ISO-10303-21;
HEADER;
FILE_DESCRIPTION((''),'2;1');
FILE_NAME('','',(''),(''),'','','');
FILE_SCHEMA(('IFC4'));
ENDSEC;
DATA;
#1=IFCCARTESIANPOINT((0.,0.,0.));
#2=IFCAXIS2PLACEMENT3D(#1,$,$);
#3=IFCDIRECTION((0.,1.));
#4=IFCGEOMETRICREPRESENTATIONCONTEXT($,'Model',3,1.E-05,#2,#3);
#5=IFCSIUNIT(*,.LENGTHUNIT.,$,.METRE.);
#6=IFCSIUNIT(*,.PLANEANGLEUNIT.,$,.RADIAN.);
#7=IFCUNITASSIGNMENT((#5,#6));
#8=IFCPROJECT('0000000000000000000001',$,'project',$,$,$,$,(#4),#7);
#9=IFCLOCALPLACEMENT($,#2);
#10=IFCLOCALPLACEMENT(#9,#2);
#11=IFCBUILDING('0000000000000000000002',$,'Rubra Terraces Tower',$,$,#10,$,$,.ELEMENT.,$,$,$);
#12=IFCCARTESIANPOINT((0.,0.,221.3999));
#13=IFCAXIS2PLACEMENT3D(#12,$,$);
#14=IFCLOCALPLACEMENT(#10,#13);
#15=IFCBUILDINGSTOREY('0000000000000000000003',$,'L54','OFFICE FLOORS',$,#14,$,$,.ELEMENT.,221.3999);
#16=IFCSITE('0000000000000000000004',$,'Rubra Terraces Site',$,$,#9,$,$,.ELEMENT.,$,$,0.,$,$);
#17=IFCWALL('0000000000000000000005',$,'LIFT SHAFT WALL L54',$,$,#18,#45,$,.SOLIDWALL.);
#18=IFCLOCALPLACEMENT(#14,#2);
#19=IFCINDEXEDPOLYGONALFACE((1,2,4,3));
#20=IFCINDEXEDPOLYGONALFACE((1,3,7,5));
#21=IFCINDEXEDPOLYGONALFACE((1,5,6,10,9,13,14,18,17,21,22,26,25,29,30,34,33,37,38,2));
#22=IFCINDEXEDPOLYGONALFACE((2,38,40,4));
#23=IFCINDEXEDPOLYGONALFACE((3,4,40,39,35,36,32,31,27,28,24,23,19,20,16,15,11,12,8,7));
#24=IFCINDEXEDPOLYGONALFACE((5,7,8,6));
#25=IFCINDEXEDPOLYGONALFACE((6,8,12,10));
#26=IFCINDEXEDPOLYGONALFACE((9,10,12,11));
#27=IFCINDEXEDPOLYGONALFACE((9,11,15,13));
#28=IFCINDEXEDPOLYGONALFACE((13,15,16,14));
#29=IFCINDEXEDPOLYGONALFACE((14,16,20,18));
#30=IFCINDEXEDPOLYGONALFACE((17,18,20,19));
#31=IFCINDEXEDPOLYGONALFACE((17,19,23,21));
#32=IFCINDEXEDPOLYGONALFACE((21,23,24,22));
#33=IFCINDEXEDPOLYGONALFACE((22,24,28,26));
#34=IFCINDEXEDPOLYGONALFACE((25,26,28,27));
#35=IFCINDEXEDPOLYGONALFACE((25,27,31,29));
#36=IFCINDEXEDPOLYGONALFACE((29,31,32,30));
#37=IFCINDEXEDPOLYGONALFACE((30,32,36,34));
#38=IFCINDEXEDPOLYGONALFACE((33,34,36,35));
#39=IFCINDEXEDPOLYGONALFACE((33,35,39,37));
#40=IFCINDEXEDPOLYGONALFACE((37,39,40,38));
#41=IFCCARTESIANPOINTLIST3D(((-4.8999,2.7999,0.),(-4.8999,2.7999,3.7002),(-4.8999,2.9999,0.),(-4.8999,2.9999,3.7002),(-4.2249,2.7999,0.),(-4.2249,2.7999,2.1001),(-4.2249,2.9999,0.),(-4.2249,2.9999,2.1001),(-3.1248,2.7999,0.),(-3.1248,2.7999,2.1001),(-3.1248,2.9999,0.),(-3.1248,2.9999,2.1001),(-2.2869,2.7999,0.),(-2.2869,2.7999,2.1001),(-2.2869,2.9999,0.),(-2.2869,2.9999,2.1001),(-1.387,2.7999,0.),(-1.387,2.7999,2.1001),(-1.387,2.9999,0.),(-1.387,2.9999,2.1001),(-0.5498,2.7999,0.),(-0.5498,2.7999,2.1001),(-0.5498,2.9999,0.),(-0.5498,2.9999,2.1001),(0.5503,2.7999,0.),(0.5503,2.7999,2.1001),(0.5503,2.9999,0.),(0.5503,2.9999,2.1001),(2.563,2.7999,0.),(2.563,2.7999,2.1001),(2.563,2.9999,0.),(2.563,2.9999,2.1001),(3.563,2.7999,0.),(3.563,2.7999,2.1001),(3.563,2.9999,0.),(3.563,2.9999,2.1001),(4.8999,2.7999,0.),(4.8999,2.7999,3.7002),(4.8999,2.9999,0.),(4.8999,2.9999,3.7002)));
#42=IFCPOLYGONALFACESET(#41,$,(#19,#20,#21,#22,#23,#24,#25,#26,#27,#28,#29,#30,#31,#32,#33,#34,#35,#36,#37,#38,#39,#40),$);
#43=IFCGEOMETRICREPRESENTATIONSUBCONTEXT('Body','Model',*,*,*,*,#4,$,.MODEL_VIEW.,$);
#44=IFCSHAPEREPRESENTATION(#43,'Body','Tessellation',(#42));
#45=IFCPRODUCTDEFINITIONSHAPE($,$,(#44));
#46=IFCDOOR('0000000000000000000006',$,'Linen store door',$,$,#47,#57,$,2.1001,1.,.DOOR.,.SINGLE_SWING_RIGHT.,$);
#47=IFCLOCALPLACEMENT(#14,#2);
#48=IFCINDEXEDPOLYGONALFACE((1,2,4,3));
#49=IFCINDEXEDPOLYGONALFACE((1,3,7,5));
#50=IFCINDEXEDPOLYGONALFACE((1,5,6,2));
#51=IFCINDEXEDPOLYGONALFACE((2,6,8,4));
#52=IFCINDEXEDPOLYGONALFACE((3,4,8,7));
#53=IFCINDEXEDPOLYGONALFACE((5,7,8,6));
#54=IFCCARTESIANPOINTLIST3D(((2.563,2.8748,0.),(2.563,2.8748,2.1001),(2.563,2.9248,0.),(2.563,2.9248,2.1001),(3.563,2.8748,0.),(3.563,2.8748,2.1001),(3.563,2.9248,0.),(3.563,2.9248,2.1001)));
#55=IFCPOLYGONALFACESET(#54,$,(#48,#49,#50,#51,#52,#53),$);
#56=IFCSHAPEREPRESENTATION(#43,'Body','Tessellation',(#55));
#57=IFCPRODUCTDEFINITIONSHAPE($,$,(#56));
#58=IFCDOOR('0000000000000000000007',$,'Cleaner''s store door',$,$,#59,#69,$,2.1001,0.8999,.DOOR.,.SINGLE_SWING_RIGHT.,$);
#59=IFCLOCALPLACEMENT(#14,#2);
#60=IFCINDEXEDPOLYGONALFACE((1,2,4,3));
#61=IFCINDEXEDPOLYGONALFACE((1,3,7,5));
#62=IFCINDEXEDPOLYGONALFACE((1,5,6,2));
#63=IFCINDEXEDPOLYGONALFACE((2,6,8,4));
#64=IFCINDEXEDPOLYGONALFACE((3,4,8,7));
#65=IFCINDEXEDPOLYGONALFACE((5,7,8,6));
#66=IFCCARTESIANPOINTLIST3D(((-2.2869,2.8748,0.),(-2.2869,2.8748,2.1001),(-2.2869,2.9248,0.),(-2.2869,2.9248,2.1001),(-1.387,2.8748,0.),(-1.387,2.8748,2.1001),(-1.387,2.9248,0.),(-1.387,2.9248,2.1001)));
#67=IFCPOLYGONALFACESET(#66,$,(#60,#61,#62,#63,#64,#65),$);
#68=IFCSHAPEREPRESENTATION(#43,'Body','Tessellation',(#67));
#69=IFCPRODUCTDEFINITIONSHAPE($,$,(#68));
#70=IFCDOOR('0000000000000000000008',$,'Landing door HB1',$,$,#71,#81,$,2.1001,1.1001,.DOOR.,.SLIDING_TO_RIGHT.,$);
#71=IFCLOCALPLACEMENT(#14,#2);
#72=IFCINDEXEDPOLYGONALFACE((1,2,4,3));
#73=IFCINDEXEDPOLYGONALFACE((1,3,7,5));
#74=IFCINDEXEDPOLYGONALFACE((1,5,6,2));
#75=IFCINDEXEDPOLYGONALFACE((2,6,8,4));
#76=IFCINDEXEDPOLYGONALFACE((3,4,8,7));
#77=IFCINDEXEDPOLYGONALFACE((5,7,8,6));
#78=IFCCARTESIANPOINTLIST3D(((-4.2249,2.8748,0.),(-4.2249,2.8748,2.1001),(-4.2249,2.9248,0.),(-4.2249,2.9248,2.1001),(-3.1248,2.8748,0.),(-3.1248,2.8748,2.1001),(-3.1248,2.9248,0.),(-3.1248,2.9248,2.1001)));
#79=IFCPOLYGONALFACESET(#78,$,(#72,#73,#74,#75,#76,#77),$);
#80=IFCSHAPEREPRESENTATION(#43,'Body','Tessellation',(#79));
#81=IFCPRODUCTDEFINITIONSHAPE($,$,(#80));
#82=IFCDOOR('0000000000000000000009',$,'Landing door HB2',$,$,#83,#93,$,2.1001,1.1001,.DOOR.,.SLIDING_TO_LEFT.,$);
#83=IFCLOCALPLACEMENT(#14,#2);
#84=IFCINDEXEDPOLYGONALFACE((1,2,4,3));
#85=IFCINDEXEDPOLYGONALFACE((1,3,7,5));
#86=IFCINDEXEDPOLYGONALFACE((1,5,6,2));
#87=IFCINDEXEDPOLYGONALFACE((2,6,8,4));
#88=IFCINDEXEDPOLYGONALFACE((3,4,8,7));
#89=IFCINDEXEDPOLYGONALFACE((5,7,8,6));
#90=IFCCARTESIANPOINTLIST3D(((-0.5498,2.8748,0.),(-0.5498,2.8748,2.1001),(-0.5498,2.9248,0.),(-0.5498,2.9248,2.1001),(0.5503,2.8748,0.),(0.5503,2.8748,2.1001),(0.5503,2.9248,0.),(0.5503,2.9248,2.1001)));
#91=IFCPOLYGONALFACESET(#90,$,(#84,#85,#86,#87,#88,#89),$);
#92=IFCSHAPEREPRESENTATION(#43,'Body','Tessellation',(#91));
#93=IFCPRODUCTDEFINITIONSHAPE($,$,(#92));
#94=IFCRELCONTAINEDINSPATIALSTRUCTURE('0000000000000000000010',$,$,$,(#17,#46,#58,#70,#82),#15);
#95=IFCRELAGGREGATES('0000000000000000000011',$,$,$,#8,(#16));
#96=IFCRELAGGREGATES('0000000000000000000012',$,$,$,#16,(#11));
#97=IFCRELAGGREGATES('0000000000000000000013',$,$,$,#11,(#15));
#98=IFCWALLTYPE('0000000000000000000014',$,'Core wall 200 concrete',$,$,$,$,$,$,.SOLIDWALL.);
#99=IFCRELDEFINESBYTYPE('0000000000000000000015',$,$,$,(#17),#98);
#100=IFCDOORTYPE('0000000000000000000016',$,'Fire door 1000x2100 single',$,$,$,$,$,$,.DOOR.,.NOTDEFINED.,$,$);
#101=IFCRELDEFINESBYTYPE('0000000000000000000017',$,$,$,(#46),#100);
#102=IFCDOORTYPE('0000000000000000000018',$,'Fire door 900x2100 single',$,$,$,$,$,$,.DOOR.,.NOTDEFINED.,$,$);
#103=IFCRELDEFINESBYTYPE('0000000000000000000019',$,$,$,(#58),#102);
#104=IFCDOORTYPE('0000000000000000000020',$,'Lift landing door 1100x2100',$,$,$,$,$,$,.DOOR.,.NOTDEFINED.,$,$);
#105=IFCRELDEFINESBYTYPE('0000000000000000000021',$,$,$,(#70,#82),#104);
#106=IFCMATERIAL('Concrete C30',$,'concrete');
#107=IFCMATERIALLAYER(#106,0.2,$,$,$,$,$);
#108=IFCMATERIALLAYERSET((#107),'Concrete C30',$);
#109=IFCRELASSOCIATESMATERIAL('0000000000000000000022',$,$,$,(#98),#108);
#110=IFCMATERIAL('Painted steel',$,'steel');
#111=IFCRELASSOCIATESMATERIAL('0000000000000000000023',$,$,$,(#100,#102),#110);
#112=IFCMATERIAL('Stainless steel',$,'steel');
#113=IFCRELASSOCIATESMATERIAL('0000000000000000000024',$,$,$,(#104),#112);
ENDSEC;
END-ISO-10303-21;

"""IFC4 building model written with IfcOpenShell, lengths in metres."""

from ifc_helpers import new_model, si_unit, direction, frame, frame_2d, origin, place, context, subcontext, project, spatial, rectangle, extrude, material, layer, layer_set, type_object, element, fill, save


model = new_model("IFC4")

# Units and contexts
model_context = context("Model", 3, precision=1e-05, world=origin(), true_north=direction((0.0, 1.0)))
body_context = subcontext(model_context, "Body", "Model", "MODEL_VIEW")
ifc_project = project(units=[si_unit("LENGTHUNIT", "METRE"), si_unit("PLANEANGLEUNIT", "RADIAN")], contexts=[model_context])

# Site, building, storey
site_placement = place(None, origin())
site = spatial("IfcSite", under=ifc_project, at=site_placement, Name="Rubra Terraces Site", CompositionType="ELEMENT", RefElevation=0.0)
building_placement = place(site_placement, origin())
building = spatial("IfcBuilding", under=site, at=building_placement, Name="Rubra Terraces Tower", CompositionType="ELEMENT")
storey_placement = place(building_placement, frame((0.0, 0.0, 221.3999)))
storey = spatial("IfcBuildingStorey", under=building, at=storey_placement, Name="L54", Description="OFFICE FLOORS", CompositionType="ELEMENT", Elevation=221.3999)

# Shared definitions
ifc_material_1 = material(Name="Concrete C30", Category="concrete")
ifc_layer_1 = layer(ifc_material_1, 0.2)
ifc_layer_set_1 = layer_set([ifc_layer_1], Name="Concrete C30")
wall_type_1 = type_object("IfcWallType", Name="Core wall 200 concrete", PredefinedType="SOLIDWALL", material=ifc_layer_set_1)

# Wall, openings, doors
wall_1_placement = place(storey_placement, frame((-4.8999, 2.8999, 0.0), z_axis=(0.0, 0.0, 1.0), x_axis=(1.0, 0.0, 0.0)))
wall_1 = element("IfcWall", 1, at=wall_1_placement, inside=storey, type_object=wall_type_1, Name="LIFT SHAFT WALL L54", PredefinedType="SOLIDWALL", context=body_context, shape_type="SweptSolid", body=[
    extrude(rectangle(XDim=9.7998, YDim=0.2, at=frame_2d((4.8999, 0.0))), origin(), (0.0, 0.0, 1.0), 3.7002),
])
opening_1_placement = place(wall_1_placement, frame((0.675, 0.0, 0.0)))
opening_1 = element("IfcOpeningElement", 2, at=opening_1_placement, cuts=wall_1, PredefinedType="OPENING", context=body_context, shape_type="SweptSolid", body=[
    extrude(rectangle(XDim=1.1001, YDim=2.1001, at=frame_2d((0.55, 1.05))), frame((0.0, 0.1099, 0.0), z_axis=(0.0, -1.0, 0.0), x_axis=(1.0, 0.0, 0.0)), (0.0, 0.0, 1.0), 0.22),
])
opening_2_placement = place(wall_1_placement, frame((2.613, 0.0, 0.0)))
opening_2 = element("IfcOpeningElement", 3, at=opening_2_placement, cuts=wall_1, PredefinedType="OPENING", context=body_context, shape_type="SweptSolid", body=[
    extrude(rectangle(XDim=0.8999, YDim=2.1001, at=frame_2d((0.45, 1.05))), frame((0.0, 0.1099, 0.0), z_axis=(0.0, -1.0, 0.0), x_axis=(1.0, 0.0, 0.0)), (0.0, 0.0, 1.0), 0.22),
])
opening_3_placement = place(wall_1_placement, frame((4.3501, 0.0, 0.0)))
opening_3 = element("IfcOpeningElement", 4, at=opening_3_placement, cuts=wall_1, PredefinedType="OPENING", context=body_context, shape_type="SweptSolid", body=[
    extrude(rectangle(XDim=1.1001, YDim=2.1001, at=frame_2d((0.55, 1.05))), frame((0.0, 0.1099, 0.0), z_axis=(0.0, -1.0, 0.0), x_axis=(1.0, 0.0, 0.0)), (0.0, 0.0, 1.0), 0.22),
])
opening_4_placement = place(wall_1_placement, frame((7.4629, 0.0, 0.0)))
opening_4 = element("IfcOpeningElement", 5, at=opening_4_placement, cuts=wall_1, PredefinedType="OPENING", context=body_context, shape_type="SweptSolid", body=[
    extrude(rectangle(XDim=1.0, YDim=2.1001, at=frame_2d((0.5, 1.05))), frame((0.0, 0.1099, 0.0), z_axis=(0.0, -1.0, 0.0), x_axis=(1.0, 0.0, 0.0)), (0.0, 0.0, 1.0), 0.22),
])
ifc_material_2 = material(Name="Painted steel", Category="steel")
door_type_1 = type_object("IfcDoorType", Name="Fire door 1000x2100 single", OperationType="NOTDEFINED", PredefinedType="DOOR", material=ifc_material_2)
door_1_placement = place(opening_4_placement, origin())
door_1 = element("IfcDoor", 6, at=door_1_placement, inside=storey, type_object=door_type_1, Name="Linen store door", OperationType="SINGLE_SWING_RIGHT", OverallHeight=2.1001, OverallWidth=1.0, PredefinedType="DOOR", context=body_context, shape_type="SweptSolid", body=[
    extrude(rectangle(XDim=1.0, YDim=2.1001, at=frame_2d((0.5, 1.05))), frame((0.0, 0.0249, 0.0), z_axis=(0.0, -1.0, 0.0), x_axis=(1.0, 0.0, 0.0)), (0.0, 0.0, 1.0), 0.05),
])
fill(opening_4, door_1)
door_type_2 = type_object("IfcDoorType", Name="Fire door 900x2100 single", OperationType="NOTDEFINED", PredefinedType="DOOR", material=ifc_material_2)
door_2_placement = place(opening_2_placement, origin())
door_2 = element("IfcDoor", 7, at=door_2_placement, inside=storey, type_object=door_type_2, Name="Cleaner's store door", OperationType="SINGLE_SWING_RIGHT", OverallHeight=2.1001, OverallWidth=0.8999, PredefinedType="DOOR", context=body_context, shape_type="SweptSolid", body=[
    extrude(rectangle(XDim=0.8999, YDim=2.1001, at=frame_2d((0.45, 1.05))), frame((0.0, 0.0249, 0.0), z_axis=(0.0, -1.0, 0.0), x_axis=(1.0, 0.0, 0.0)), (0.0, 0.0, 1.0), 0.05),
])
fill(opening_2, door_2)
ifc_material_3 = material(Name="Stainless steel", Category="steel")
door_type_3 = type_object("IfcDoorType", Name="Lift landing door 1100x2100", OperationType="NOTDEFINED", PredefinedType="DOOR", material=ifc_material_3)
door_3_placement = place(opening_1_placement, origin())
door_3 = element("IfcDoor", 8, at=door_3_placement, inside=storey, type_object=door_type_3, Name="Landing door HB1", OperationType="SLIDING_TO_RIGHT", OverallHeight=2.1001, OverallWidth=1.1001, PredefinedType="DOOR", context=body_context, shape_type="SweptSolid", body=[
    extrude(rectangle(XDim=1.1001, YDim=2.1001, at=frame_2d((0.55, 1.05))), frame((0.0, 0.0249, 0.0), z_axis=(0.0, -1.0, 0.0), x_axis=(1.0, 0.0, 0.0)), (0.0, 0.0, 1.0), 0.05),
])
fill(opening_1, door_3)
door_4_placement = place(opening_3_placement, origin())
door_4 = element("IfcDoor", 9, at=door_4_placement, inside=storey, type_object=door_type_3, Name="Landing door HB2", OperationType="SLIDING_TO_LEFT", OverallHeight=2.1001, OverallWidth=1.1001, PredefinedType="DOOR", context=body_context, shape_type="SweptSolid", body=[
    extrude(rectangle(XDim=1.1001, YDim=2.1001, at=frame_2d((0.55, 1.05))), frame((0.0, 0.0249, 0.0), z_axis=(0.0, -1.0, 0.0), x_axis=(1.0, 0.0, 0.0)), (0.0, 0.0, 1.0), 0.05),
])
fill(opening_3, door_4)

save(model, "model.ifc")
